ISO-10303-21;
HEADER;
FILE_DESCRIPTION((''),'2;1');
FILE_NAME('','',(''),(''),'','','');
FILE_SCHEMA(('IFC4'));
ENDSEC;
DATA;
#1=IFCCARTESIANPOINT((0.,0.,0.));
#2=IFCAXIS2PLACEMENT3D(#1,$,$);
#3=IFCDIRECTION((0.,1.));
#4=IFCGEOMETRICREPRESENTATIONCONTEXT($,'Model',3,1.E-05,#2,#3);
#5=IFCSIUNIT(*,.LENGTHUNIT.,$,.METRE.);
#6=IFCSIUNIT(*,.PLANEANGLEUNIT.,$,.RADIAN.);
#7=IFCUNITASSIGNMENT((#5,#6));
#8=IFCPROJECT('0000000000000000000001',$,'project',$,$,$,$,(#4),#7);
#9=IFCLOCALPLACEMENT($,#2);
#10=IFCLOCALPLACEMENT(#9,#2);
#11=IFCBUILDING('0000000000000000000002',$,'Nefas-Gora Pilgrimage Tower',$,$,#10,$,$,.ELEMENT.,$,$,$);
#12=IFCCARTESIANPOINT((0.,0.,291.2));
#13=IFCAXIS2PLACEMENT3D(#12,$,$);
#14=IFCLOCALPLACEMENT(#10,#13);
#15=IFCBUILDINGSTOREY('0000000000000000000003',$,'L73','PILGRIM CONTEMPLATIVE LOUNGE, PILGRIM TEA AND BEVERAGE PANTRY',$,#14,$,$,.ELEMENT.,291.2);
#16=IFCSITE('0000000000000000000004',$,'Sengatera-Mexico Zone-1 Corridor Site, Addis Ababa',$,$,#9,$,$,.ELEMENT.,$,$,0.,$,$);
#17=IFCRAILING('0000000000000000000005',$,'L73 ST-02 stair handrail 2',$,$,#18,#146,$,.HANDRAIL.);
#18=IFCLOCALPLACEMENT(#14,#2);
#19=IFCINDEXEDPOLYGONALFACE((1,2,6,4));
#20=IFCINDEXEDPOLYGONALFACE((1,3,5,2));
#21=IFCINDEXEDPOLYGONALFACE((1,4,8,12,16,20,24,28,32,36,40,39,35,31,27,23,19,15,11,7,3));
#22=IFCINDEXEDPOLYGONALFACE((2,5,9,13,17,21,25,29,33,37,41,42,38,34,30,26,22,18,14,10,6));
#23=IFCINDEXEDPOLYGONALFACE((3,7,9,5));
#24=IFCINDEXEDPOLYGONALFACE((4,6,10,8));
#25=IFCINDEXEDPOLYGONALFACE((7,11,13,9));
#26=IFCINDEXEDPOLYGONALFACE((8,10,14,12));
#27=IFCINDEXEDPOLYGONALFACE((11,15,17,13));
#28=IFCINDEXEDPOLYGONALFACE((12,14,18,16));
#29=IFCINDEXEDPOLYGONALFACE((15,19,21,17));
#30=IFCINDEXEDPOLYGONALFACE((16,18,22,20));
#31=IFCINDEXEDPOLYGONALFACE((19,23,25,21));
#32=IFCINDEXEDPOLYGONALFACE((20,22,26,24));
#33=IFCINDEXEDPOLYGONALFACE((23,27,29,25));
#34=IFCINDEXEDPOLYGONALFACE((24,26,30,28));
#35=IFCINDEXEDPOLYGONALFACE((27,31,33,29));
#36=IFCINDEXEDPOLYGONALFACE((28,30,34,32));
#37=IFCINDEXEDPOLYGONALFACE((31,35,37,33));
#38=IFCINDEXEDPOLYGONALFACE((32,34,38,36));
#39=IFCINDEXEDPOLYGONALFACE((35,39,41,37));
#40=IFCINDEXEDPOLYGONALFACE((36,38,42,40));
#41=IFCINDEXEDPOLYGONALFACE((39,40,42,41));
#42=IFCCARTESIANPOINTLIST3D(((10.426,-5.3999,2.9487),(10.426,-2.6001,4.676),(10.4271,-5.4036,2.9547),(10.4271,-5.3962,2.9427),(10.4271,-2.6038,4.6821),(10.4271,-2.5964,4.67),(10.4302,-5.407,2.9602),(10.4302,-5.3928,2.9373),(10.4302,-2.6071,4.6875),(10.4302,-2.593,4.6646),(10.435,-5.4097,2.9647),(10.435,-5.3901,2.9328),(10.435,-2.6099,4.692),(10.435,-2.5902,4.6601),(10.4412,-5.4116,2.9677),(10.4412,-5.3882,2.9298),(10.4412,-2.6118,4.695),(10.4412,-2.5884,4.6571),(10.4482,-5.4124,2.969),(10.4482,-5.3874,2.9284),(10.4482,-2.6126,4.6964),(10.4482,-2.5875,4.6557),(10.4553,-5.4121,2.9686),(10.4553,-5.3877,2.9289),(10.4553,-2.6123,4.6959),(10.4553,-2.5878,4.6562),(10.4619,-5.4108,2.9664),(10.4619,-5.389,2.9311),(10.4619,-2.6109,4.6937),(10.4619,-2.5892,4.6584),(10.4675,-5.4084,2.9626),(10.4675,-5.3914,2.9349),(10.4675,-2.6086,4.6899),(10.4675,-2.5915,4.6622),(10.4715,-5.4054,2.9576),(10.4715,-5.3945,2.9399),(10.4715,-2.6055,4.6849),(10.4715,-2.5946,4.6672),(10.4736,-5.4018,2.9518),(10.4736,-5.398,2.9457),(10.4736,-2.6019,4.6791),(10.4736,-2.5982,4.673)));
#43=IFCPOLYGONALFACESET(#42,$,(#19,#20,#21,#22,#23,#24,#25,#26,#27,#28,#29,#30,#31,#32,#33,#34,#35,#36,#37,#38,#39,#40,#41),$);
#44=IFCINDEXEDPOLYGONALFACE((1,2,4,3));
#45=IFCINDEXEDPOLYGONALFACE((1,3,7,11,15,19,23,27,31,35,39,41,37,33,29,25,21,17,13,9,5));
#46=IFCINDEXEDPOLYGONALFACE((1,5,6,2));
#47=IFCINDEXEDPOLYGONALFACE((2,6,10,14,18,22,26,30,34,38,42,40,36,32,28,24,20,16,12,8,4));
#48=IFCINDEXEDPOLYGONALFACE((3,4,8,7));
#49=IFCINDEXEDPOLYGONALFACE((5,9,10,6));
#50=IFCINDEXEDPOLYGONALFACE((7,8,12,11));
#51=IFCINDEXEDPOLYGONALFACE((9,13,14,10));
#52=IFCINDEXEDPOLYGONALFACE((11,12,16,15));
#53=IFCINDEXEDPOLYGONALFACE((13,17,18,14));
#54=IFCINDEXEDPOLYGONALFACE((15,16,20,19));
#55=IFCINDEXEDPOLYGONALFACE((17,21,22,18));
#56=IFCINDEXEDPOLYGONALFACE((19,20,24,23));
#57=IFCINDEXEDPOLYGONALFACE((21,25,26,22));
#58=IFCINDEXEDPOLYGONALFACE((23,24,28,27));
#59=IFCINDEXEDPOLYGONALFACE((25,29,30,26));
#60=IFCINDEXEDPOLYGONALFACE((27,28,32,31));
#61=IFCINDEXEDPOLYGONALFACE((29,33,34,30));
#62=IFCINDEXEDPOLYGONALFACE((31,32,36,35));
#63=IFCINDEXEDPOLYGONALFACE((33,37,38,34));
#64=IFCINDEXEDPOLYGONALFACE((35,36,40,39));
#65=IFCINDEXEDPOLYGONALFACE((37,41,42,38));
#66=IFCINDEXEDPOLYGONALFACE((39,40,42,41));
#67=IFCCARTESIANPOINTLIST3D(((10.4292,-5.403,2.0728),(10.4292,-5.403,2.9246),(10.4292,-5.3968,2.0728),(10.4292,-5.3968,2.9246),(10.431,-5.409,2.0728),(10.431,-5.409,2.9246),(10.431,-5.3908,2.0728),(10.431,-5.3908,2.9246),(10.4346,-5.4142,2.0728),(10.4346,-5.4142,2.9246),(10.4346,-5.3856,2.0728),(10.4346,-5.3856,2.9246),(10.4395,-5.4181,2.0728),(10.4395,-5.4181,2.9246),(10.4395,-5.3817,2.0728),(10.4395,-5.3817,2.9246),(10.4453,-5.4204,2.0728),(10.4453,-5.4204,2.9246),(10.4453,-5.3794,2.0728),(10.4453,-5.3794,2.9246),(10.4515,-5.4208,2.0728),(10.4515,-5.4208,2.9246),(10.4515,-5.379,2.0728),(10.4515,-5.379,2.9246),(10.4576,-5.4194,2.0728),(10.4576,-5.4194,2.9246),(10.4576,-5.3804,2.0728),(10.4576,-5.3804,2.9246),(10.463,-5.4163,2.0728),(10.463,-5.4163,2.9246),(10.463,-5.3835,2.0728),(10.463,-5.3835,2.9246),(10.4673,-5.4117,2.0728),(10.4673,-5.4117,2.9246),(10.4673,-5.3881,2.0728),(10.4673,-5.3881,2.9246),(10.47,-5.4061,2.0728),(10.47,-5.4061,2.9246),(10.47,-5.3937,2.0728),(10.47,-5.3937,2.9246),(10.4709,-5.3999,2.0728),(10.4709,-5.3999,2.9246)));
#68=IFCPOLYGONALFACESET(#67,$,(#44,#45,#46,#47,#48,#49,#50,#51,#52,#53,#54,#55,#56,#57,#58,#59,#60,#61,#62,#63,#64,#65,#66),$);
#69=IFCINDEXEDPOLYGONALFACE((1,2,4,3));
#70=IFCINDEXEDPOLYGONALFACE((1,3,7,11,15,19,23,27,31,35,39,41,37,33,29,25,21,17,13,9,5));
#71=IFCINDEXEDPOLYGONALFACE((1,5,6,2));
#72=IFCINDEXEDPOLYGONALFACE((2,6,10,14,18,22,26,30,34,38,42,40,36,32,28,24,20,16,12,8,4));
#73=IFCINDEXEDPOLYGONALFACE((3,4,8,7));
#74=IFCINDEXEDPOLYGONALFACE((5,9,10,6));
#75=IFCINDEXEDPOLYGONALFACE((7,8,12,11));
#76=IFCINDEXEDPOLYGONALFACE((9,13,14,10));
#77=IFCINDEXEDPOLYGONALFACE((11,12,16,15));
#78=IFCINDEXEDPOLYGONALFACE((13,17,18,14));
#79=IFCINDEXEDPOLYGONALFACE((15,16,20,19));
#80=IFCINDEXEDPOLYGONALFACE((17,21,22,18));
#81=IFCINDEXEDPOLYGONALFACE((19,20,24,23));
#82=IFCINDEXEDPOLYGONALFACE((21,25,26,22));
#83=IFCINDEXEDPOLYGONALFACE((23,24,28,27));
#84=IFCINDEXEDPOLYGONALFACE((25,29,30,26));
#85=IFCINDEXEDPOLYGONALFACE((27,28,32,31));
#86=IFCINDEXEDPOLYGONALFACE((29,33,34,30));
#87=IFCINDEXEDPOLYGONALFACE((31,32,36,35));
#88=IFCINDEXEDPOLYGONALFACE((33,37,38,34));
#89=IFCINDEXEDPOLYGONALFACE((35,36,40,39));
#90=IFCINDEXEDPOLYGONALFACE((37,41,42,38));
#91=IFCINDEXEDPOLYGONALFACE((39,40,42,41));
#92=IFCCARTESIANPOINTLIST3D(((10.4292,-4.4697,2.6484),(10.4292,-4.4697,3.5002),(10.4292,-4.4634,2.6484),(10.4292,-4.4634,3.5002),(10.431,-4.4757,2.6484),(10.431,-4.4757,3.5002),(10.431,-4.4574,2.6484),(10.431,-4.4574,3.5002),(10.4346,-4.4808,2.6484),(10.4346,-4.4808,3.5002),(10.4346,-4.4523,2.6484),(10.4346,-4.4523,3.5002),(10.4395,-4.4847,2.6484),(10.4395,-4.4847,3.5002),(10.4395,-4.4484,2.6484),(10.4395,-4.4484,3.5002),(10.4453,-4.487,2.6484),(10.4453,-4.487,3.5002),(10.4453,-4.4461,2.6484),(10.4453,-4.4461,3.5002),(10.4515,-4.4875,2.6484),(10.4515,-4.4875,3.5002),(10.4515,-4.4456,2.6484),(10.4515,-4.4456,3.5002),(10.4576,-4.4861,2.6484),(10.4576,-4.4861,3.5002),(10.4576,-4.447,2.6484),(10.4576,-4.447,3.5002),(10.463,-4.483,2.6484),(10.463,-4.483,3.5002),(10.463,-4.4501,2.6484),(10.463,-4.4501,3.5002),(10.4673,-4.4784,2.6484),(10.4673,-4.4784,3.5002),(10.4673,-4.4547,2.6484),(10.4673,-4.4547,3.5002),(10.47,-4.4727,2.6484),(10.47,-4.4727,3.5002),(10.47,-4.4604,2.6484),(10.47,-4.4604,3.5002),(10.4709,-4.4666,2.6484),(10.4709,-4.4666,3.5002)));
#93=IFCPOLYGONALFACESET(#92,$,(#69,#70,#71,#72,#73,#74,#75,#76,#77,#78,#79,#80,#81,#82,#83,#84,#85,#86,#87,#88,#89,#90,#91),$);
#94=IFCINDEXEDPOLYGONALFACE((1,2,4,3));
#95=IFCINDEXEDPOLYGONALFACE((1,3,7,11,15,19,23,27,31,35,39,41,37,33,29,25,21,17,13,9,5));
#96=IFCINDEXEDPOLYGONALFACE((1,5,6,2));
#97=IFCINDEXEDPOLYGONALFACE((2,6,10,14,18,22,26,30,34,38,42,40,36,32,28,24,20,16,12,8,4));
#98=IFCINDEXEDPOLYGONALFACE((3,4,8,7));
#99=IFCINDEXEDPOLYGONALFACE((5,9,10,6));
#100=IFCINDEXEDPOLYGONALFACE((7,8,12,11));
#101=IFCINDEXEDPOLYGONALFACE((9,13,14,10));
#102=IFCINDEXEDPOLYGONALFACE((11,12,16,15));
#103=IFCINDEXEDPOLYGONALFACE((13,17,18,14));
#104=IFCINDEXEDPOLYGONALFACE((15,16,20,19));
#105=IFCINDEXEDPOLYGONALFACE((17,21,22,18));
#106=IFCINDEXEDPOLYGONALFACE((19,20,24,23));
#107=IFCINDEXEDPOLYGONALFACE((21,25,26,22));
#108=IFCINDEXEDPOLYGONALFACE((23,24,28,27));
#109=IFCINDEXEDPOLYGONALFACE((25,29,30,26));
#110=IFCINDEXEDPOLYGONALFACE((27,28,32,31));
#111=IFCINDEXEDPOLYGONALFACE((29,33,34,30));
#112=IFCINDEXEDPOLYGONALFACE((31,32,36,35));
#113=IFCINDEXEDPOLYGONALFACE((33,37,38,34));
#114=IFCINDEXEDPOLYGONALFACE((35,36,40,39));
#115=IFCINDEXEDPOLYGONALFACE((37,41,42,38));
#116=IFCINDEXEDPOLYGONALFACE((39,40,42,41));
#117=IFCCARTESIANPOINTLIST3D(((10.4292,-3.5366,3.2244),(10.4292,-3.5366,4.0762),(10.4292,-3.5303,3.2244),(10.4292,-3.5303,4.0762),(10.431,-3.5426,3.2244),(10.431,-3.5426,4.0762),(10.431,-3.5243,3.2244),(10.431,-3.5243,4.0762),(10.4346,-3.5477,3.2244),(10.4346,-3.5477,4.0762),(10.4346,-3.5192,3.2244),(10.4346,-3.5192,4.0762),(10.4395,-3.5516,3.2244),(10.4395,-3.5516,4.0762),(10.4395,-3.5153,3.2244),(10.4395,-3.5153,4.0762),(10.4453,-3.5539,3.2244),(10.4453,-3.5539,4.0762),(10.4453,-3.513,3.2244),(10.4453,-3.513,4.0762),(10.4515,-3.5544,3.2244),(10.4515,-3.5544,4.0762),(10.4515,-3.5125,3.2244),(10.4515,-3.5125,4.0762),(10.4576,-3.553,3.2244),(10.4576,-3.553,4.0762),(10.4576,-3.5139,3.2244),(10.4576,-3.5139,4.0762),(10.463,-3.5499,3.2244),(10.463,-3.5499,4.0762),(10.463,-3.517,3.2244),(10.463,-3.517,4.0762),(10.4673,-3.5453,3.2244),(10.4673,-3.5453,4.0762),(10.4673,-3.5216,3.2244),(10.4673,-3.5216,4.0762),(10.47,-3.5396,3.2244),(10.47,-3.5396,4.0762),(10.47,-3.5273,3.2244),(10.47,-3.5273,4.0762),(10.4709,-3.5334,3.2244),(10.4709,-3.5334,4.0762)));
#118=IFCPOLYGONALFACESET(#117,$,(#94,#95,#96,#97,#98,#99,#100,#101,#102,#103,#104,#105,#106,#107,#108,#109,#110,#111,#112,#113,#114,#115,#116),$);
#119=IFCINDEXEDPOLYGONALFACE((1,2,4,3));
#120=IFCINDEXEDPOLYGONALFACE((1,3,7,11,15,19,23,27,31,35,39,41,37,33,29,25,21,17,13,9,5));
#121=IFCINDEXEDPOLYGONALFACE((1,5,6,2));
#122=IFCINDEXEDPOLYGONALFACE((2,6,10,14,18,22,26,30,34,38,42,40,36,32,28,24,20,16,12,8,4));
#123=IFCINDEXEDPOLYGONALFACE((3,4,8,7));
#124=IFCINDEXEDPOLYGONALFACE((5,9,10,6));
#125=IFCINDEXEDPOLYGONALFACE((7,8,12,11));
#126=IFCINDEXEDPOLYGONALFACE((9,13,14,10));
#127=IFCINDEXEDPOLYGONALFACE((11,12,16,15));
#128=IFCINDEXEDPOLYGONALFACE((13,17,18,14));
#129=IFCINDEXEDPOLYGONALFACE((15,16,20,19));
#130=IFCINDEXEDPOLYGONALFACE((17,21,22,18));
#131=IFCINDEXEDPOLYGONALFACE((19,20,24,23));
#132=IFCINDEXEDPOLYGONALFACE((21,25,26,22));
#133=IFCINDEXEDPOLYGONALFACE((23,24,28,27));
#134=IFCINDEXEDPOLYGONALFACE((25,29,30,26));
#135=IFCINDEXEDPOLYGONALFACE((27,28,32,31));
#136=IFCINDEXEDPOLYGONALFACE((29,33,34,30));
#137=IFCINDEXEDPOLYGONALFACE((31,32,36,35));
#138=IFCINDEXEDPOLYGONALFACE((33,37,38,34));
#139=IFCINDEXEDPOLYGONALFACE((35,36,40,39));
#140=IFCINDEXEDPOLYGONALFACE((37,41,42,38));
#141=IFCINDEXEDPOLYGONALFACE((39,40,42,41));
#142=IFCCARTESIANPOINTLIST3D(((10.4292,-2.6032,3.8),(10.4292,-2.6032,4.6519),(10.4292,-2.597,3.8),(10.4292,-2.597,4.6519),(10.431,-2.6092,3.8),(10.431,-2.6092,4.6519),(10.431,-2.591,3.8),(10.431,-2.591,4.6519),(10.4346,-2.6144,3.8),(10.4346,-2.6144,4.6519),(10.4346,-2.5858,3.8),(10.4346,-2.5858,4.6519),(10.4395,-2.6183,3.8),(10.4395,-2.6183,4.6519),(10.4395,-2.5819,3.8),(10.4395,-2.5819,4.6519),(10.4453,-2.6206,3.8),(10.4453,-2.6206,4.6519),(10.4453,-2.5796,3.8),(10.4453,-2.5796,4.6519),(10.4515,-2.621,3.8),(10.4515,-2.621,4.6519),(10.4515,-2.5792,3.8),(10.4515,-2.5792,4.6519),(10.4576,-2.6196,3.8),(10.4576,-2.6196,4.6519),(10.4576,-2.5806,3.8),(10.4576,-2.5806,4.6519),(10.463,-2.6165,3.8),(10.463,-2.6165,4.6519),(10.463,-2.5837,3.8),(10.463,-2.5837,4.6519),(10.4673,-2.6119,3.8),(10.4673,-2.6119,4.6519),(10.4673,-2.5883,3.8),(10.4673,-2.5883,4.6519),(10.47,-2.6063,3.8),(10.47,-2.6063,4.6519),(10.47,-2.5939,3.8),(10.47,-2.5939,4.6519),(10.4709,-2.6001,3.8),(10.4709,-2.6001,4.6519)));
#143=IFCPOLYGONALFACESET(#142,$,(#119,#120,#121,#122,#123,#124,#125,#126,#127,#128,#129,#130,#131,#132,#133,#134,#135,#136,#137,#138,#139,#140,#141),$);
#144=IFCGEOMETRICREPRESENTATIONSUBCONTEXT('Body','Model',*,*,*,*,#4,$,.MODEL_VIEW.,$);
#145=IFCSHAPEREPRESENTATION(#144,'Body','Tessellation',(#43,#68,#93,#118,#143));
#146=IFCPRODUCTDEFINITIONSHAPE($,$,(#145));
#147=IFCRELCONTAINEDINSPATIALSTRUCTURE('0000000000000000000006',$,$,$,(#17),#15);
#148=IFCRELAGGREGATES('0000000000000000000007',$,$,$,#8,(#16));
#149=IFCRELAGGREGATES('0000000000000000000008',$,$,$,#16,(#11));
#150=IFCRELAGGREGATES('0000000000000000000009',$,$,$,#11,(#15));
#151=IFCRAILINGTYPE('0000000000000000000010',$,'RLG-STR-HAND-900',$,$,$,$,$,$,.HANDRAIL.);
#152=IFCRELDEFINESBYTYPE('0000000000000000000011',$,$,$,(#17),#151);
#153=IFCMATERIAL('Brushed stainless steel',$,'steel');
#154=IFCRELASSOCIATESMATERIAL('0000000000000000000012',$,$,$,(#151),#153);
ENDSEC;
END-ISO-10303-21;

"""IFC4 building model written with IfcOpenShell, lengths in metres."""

from ifc_helpers import new_model, si_unit, direction, frame, origin, origin_2d, place, context, subcontext, project, spatial, circle, extrude, material, type_object, element, save


model = new_model("IFC4")

# Units and contexts
model_context = context("Model", 3, precision=1e-05, world=origin(), true_north=direction((0.0, 1.0)))
body_context = subcontext(model_context, "Body", "Model", "MODEL_VIEW")
ifc_project = project(units=[si_unit("LENGTHUNIT", "METRE"), si_unit("PLANEANGLEUNIT", "RADIAN")], contexts=[model_context])

# Site, building, storey
site_placement = place(None, origin())
site = spatial("IfcSite", under=ifc_project, at=site_placement, Name="Sengatera-Mexico Zone-1 Corridor Site, Addis Ababa", CompositionType="ELEMENT", RefElevation=0.0)
building_placement = place(site_placement, origin())
building = spatial("IfcBuilding", under=site, at=building_placement, Name="Nefas-Gora Pilgrimage Tower", CompositionType="ELEMENT")
storey_placement = place(building_placement, frame((0.0, 0.0, 291.2)))
storey = spatial("IfcBuildingStorey", under=building, at=storey_placement, Name="L73", Description="PILGRIM CONTEMPLATIVE LOUNGE, PILGRIM TEA AND BEVERAGE PANTRY", CompositionType="ELEMENT", Elevation=291.2)

# Railing
ifc_material_1 = material(Name="Brushed stainless steel", Category="steel")
railing_type_1 = type_object("IfcRailingType", Name="RLG-STR-HAND-900", PredefinedType="HANDRAIL", material=ifc_material_1)
railing_1_placement = place(storey_placement, frame((10.45, -5.3999, 2.0728)))
element("IfcRailing", 1, at=railing_1_placement, inside=storey, type_object=railing_type_1, Name="L73 ST-02 stair handrail 2", PredefinedType="HANDRAIL", context=body_context, shape_type="SweptSolid", body=[
    extrude(circle(Radius=0.0239, at=origin_2d()), frame((0.0, 0.0, 0.876), z_axis=(0.0, 0.851069, 0.525054), x_axis=(-1.0, 0.0, 0.0)), (0.0, 0.0, 1.0), 3.2898),
    extrude(circle(Radius=0.021, at=origin_2d()), origin(), (0.0, 0.0, 1.0), 0.8518),
    extrude(circle(Radius=0.021, at=origin_2d()), frame((0.0, 0.9333, 0.5757)), (0.0, 0.0, 1.0), 0.8518),
    extrude(circle(Radius=0.021, at=origin_2d()), frame((0.0, 1.8665, 1.1516)), (0.0, 0.0, 1.0), 0.8518),
    extrude(circle(Radius=0.021, at=origin_2d()), frame((0.0, 2.7998, 1.7273)), (0.0, 0.0, 1.0), 0.8518),
])

save(model, "model.ifc")
